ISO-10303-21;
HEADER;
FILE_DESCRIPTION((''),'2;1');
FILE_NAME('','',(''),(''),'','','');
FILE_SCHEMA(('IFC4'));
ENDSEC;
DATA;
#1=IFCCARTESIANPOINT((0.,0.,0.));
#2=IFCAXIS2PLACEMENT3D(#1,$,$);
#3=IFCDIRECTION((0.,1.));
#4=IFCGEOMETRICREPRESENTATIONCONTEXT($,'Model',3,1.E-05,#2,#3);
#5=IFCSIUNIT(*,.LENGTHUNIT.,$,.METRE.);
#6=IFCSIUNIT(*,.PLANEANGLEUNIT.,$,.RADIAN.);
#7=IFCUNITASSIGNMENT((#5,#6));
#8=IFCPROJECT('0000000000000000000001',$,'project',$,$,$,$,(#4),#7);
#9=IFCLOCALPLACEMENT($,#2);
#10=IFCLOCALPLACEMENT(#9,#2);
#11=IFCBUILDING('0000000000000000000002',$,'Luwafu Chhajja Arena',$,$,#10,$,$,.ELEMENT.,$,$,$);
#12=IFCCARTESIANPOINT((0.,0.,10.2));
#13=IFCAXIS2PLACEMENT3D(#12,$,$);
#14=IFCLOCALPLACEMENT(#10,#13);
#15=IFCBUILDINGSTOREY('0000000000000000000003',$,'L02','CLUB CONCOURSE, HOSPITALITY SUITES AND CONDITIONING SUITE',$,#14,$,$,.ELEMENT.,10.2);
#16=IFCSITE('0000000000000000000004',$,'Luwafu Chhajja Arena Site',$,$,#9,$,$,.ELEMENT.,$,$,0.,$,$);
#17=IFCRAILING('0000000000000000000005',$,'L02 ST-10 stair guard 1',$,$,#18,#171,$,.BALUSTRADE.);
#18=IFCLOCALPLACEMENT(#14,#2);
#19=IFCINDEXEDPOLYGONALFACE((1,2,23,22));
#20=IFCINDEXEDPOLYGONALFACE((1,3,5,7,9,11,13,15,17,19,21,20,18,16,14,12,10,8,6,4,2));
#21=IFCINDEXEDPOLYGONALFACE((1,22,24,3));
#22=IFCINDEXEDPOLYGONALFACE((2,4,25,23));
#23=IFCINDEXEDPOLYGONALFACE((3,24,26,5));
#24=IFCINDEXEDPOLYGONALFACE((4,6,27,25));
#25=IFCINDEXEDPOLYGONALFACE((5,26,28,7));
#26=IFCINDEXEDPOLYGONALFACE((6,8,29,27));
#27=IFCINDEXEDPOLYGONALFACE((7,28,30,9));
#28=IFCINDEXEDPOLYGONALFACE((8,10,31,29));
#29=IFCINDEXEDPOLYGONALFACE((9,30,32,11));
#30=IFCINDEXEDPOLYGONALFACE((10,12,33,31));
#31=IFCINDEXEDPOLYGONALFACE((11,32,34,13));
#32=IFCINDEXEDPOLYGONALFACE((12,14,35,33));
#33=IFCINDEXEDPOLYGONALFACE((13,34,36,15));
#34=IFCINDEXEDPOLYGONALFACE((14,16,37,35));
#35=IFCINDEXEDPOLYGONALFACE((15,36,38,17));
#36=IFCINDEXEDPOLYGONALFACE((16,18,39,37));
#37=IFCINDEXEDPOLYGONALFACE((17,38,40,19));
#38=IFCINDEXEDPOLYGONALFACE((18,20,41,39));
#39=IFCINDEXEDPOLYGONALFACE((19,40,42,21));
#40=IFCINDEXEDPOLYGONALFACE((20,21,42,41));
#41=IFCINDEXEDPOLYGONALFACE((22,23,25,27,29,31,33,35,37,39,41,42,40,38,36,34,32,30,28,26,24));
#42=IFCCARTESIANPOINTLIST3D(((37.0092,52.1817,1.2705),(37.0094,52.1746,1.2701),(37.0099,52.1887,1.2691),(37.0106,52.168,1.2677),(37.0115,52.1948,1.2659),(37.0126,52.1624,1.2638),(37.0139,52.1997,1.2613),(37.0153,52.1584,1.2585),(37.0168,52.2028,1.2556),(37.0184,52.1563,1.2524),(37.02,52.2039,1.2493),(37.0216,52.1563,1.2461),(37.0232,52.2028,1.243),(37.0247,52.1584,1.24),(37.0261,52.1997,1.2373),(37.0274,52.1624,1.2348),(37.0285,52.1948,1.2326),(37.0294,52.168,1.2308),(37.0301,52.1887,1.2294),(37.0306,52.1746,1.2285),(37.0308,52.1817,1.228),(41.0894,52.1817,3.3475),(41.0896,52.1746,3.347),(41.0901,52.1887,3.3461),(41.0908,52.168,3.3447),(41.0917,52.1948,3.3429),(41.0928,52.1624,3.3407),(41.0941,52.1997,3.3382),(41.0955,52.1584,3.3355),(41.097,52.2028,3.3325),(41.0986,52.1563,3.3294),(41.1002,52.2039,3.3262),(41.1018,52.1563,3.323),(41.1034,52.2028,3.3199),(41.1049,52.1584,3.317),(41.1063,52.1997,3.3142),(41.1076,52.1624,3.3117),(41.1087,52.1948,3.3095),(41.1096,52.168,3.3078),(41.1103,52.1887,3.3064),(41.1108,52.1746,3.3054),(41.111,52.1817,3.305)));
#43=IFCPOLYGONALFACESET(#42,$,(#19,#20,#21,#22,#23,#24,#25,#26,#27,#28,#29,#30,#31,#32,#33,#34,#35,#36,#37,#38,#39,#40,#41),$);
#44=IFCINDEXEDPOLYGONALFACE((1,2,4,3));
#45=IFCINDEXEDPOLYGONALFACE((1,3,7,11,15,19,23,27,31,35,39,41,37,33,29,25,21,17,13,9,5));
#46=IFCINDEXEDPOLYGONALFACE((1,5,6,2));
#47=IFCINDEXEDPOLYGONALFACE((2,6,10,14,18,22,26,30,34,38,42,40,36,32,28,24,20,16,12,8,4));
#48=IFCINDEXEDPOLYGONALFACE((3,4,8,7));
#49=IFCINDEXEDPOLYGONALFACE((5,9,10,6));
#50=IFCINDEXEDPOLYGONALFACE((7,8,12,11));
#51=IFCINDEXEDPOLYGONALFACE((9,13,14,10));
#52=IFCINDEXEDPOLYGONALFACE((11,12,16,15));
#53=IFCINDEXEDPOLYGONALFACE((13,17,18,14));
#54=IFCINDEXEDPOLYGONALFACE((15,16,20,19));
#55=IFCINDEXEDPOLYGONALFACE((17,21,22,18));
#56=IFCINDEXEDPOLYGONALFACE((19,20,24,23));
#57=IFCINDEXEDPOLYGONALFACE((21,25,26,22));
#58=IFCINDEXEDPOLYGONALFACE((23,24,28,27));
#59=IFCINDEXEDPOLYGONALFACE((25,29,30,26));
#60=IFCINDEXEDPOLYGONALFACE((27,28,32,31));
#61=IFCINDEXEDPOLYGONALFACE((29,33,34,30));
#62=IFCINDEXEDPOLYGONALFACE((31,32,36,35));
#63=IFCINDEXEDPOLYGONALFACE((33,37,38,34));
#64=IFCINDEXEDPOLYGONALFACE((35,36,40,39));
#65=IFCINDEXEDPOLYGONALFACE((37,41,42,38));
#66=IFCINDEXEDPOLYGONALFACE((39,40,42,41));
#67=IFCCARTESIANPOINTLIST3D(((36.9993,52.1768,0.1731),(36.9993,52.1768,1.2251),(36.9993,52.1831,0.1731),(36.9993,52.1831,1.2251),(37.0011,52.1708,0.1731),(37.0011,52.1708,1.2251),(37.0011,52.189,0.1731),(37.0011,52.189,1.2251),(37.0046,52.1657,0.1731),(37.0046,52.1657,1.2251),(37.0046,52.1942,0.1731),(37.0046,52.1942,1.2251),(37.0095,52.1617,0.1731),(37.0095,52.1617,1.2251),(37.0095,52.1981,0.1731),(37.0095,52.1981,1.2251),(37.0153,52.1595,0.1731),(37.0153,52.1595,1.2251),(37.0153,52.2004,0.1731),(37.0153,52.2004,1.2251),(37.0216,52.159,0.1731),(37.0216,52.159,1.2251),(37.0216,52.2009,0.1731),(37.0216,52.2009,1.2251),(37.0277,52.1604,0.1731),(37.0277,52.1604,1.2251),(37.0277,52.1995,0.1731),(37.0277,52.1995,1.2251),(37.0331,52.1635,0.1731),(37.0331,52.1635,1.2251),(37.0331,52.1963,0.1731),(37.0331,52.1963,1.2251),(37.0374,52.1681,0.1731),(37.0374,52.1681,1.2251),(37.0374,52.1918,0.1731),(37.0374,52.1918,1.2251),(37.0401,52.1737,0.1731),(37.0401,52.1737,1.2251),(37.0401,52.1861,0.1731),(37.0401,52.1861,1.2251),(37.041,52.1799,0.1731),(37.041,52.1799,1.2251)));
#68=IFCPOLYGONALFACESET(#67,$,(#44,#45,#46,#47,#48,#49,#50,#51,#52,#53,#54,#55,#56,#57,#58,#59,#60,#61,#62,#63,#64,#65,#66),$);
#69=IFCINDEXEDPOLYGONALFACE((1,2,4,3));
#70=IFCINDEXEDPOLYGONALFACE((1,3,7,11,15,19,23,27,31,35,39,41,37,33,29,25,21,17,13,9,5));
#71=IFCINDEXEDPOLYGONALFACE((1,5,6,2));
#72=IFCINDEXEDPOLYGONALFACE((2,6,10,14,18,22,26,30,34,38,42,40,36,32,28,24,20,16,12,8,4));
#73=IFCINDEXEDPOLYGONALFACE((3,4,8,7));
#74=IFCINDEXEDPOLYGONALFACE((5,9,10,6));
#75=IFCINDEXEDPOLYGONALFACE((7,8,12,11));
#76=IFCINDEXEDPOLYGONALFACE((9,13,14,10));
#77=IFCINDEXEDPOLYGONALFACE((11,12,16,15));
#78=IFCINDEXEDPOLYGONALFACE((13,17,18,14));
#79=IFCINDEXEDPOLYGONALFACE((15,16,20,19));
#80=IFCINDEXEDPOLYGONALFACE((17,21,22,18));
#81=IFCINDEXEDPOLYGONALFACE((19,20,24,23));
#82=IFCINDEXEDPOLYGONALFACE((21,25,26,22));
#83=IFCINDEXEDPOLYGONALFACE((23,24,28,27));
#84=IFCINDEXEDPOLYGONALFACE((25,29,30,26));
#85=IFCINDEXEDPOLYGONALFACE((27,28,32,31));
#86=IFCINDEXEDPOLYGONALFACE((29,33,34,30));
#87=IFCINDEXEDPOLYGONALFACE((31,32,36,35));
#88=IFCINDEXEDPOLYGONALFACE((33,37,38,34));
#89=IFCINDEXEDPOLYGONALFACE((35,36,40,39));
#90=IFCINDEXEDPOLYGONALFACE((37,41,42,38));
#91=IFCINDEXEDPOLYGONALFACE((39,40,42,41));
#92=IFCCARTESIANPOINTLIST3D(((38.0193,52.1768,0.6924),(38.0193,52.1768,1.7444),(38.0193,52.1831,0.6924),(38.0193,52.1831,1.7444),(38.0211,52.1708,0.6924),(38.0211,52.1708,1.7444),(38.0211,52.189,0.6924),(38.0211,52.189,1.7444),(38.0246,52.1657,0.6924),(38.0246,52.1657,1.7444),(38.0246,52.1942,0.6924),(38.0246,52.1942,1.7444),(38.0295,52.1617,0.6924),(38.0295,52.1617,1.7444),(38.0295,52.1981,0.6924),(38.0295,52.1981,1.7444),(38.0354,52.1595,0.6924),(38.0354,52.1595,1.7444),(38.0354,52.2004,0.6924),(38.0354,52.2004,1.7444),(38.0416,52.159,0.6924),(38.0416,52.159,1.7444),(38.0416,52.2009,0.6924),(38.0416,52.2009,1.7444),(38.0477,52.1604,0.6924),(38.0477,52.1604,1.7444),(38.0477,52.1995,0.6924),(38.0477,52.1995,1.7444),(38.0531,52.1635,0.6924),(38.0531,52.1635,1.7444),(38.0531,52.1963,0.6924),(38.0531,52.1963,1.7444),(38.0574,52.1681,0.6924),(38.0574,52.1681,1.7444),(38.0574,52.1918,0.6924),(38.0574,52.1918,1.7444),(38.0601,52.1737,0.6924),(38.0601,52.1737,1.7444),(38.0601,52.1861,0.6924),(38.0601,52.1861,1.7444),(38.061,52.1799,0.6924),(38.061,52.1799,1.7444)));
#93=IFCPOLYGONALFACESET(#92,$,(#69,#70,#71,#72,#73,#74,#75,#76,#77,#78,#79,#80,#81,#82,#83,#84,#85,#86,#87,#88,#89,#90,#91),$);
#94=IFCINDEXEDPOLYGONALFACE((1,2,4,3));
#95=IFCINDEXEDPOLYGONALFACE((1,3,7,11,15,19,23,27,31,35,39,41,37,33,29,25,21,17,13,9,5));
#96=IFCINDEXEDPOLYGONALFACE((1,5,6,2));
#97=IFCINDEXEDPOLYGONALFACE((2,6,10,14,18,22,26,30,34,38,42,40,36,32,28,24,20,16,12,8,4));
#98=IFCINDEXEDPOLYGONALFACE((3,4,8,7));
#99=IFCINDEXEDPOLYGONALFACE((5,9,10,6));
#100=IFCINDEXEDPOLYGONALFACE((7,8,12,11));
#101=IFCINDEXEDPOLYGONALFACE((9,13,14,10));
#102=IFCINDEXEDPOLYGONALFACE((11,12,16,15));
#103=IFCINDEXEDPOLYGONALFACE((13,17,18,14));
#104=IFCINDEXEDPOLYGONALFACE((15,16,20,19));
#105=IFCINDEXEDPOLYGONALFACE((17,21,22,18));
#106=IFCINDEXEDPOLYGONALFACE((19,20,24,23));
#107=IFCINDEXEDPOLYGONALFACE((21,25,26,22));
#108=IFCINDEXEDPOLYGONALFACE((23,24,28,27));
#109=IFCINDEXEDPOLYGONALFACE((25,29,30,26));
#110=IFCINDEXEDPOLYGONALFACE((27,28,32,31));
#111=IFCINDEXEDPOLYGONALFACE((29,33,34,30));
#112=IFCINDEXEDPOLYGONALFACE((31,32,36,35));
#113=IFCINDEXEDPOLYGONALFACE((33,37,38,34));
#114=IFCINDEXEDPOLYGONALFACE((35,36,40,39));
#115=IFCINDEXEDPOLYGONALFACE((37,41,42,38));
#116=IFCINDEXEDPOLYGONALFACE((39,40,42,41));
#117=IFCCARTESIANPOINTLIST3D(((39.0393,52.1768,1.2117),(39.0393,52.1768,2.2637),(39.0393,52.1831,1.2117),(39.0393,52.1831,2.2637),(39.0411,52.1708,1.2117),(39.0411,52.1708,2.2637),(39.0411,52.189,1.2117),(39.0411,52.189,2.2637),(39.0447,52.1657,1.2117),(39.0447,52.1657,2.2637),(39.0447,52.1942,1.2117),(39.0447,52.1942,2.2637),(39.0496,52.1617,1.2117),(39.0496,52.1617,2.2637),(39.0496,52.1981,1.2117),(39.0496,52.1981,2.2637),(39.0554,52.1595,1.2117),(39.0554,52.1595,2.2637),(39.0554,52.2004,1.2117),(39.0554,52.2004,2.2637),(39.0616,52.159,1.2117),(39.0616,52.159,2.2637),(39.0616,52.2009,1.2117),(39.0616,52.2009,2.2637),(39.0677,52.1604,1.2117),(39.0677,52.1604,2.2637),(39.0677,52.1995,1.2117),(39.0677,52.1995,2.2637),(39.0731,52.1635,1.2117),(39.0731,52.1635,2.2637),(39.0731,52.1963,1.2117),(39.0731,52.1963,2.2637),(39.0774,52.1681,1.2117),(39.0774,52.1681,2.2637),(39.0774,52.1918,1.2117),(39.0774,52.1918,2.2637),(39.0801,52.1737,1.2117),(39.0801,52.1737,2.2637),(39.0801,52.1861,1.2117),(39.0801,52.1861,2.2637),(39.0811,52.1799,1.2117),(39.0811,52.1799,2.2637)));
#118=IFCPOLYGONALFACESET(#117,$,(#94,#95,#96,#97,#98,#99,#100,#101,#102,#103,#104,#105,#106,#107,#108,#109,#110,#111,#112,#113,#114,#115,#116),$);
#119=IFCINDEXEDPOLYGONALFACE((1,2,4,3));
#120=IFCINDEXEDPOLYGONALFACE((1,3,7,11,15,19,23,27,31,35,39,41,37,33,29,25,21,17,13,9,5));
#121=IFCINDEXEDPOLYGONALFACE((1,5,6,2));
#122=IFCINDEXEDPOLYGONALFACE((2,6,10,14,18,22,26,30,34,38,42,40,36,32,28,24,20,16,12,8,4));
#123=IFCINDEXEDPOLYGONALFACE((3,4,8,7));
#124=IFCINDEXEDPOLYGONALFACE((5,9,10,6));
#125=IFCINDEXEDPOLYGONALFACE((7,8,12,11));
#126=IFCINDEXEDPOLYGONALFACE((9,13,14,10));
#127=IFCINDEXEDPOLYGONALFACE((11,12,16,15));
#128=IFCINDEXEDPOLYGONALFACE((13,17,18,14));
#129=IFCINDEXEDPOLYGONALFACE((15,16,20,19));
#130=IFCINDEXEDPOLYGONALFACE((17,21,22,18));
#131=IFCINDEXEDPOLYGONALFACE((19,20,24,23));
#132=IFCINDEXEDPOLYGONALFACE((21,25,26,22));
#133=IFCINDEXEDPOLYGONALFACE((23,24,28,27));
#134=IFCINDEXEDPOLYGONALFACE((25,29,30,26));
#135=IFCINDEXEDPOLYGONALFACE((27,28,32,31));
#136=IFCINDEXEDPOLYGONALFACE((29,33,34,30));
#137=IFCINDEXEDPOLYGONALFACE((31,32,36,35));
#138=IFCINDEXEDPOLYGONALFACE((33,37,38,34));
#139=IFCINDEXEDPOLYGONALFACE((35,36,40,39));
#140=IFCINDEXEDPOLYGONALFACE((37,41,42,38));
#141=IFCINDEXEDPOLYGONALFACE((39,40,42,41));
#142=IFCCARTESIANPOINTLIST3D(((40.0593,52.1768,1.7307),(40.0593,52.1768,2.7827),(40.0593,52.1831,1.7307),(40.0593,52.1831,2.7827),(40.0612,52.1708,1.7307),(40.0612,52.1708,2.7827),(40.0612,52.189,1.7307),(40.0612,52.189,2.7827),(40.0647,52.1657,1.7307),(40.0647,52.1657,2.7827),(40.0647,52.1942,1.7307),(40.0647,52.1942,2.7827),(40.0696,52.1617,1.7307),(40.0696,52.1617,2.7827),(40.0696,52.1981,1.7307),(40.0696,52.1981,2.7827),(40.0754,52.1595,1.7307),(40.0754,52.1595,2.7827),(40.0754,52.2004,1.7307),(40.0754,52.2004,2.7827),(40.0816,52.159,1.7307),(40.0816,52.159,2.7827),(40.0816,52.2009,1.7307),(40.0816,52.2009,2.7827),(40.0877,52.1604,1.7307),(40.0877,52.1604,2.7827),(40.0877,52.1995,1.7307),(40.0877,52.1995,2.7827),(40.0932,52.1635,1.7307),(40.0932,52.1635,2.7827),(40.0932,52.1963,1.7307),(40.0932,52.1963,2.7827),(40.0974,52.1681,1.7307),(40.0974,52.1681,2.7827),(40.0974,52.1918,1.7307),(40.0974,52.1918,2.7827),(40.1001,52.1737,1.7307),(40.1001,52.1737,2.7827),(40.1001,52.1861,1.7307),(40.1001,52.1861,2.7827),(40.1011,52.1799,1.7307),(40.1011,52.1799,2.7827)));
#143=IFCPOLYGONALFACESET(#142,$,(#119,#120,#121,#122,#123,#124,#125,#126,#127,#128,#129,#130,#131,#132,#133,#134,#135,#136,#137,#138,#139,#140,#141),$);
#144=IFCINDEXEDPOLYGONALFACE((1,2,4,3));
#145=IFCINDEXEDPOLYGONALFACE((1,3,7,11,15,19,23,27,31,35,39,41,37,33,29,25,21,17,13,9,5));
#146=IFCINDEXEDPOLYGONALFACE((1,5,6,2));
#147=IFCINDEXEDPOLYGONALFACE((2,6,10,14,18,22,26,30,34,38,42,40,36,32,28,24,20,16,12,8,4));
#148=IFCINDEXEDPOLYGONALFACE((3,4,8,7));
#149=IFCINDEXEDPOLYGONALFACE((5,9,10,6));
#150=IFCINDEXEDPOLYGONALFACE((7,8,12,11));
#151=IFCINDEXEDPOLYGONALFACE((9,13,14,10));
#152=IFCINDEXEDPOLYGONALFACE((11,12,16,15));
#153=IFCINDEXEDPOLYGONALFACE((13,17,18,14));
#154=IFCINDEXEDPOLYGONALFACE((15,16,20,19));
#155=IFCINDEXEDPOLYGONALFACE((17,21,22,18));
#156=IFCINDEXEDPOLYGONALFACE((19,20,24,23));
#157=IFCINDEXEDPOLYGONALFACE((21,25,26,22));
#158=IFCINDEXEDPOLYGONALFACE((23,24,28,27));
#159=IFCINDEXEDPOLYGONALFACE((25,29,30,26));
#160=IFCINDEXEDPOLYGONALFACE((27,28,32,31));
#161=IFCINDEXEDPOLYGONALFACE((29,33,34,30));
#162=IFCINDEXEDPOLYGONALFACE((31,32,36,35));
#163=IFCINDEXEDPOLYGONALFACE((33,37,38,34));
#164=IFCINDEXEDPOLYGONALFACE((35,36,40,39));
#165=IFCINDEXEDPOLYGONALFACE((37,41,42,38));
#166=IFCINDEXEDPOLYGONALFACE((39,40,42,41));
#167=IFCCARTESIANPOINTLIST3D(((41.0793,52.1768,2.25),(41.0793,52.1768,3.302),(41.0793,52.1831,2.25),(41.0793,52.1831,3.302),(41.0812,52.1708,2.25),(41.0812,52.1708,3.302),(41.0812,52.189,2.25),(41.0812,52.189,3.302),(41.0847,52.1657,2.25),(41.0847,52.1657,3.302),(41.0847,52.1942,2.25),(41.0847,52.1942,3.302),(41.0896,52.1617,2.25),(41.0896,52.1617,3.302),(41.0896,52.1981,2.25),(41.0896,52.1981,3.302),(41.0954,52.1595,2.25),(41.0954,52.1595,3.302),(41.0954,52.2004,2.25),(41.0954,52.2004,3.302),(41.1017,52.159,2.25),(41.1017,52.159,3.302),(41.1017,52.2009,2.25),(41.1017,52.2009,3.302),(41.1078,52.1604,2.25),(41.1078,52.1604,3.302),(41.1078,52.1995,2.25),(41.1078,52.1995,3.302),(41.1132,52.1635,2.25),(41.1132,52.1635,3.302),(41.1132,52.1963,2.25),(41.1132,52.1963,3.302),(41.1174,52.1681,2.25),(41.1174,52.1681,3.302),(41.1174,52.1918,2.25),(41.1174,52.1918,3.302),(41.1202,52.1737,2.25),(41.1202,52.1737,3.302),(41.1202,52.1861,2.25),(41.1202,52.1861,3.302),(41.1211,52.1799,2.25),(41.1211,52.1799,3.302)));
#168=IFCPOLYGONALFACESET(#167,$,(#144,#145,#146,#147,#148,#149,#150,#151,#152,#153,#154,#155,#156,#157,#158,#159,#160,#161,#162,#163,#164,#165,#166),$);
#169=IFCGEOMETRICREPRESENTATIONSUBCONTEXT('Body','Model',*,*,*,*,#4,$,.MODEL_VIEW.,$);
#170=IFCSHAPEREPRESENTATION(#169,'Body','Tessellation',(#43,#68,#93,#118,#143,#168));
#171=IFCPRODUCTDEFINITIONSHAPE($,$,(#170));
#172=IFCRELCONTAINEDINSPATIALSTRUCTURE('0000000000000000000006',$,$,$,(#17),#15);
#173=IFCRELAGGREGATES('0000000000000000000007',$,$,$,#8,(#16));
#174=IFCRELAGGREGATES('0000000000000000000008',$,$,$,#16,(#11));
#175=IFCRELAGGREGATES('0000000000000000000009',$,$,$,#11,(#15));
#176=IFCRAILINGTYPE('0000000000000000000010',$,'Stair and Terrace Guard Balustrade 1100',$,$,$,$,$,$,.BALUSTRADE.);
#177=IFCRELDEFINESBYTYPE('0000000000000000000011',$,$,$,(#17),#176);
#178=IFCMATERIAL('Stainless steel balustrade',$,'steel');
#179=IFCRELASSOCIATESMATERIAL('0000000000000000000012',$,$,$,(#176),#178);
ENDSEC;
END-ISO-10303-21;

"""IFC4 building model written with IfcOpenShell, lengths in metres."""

from ifc_helpers import new_model, si_unit, direction, frame, origin, origin_2d, place, context, subcontext, project, spatial, circle, extrude, material, type_object, element, save


model = new_model("IFC4")

# Units and contexts
model_context = context("Model", 3, precision=1e-05, world=origin(), true_north=direction((0.0, 1.0)))
body_context = subcontext(model_context, "Body", "Model", "MODEL_VIEW")
ifc_project = project(units=[si_unit("LENGTHUNIT", "METRE"), si_unit("PLANEANGLEUNIT", "RADIAN")], contexts=[model_context])

# Site, building, storey
site_placement = place(None, origin())
site = spatial("IfcSite", under=ifc_project, at=site_placement, Name="Luwafu Chhajja Arena Site", CompositionType="ELEMENT", RefElevation=0.0)
building_placement = place(site_placement, origin())
building = spatial("IfcBuilding", under=site, at=building_placement, Name="Luwafu Chhajja Arena", CompositionType="ELEMENT")
storey_placement = place(building_placement, frame((0.0, 0.0, 10.2)))
storey = spatial("IfcBuildingStorey", under=building, at=storey_placement, Name="L02", Description="CLUB CONCOURSE, HOSPITALITY SUITES AND CONDITIONING SUITE", CompositionType="ELEMENT", Elevation=10.2)

# Railing
ifc_material_1 = material(Name="Stainless steel balustrade", Category="steel")
railing_type_1 = type_object("IfcRailingType", Name="Stair and Terrace Guard Balustrade 1100", PredefinedType="BALUSTRADE", material=ifc_material_1)
railing_1_placement = place(storey_placement, frame((37.02, 52.1799, 0.1731)))
element("IfcRailing", 1, at=railing_1_placement, inside=storey, type_object=railing_type_1, Name="L02 ST-10 stair guard 1", PredefinedType="BALUSTRADE", context=body_context, shape_type="SweptSolid", body=[
    extrude(circle(Radius=0.0239, at=origin_2d()), frame((0.0, 0.0, 1.0762), z_axis=(0.891183, 0.0, 0.453644), x_axis=(0.0, 1.0, 0.0)), (0.0, 0.0, 1.0), 4.5784),
    extrude(circle(Radius=0.021, at=origin_2d()), origin(), (0.0, 0.0, 1.0), 1.052),
    extrude(circle(Radius=0.021, at=origin_2d()), frame((1.02, 0.0, 0.5193)), (0.0, 0.0, 1.0), 1.052),
    extrude(circle(Radius=0.021, at=origin_2d()), frame((2.04, 0.0, 1.0386)), (0.0, 0.0, 1.0), 1.052),
    extrude(circle(Radius=0.021, at=origin_2d()), frame((3.0601, 0.0, 1.5576)), (0.0, 0.0, 1.0), 1.052),
    extrude(circle(Radius=0.021, at=origin_2d()), frame((4.0801, 0.0, 2.0769)), (0.0, 0.0, 1.0), 1.052),
])

save(model, "model.ifc")
